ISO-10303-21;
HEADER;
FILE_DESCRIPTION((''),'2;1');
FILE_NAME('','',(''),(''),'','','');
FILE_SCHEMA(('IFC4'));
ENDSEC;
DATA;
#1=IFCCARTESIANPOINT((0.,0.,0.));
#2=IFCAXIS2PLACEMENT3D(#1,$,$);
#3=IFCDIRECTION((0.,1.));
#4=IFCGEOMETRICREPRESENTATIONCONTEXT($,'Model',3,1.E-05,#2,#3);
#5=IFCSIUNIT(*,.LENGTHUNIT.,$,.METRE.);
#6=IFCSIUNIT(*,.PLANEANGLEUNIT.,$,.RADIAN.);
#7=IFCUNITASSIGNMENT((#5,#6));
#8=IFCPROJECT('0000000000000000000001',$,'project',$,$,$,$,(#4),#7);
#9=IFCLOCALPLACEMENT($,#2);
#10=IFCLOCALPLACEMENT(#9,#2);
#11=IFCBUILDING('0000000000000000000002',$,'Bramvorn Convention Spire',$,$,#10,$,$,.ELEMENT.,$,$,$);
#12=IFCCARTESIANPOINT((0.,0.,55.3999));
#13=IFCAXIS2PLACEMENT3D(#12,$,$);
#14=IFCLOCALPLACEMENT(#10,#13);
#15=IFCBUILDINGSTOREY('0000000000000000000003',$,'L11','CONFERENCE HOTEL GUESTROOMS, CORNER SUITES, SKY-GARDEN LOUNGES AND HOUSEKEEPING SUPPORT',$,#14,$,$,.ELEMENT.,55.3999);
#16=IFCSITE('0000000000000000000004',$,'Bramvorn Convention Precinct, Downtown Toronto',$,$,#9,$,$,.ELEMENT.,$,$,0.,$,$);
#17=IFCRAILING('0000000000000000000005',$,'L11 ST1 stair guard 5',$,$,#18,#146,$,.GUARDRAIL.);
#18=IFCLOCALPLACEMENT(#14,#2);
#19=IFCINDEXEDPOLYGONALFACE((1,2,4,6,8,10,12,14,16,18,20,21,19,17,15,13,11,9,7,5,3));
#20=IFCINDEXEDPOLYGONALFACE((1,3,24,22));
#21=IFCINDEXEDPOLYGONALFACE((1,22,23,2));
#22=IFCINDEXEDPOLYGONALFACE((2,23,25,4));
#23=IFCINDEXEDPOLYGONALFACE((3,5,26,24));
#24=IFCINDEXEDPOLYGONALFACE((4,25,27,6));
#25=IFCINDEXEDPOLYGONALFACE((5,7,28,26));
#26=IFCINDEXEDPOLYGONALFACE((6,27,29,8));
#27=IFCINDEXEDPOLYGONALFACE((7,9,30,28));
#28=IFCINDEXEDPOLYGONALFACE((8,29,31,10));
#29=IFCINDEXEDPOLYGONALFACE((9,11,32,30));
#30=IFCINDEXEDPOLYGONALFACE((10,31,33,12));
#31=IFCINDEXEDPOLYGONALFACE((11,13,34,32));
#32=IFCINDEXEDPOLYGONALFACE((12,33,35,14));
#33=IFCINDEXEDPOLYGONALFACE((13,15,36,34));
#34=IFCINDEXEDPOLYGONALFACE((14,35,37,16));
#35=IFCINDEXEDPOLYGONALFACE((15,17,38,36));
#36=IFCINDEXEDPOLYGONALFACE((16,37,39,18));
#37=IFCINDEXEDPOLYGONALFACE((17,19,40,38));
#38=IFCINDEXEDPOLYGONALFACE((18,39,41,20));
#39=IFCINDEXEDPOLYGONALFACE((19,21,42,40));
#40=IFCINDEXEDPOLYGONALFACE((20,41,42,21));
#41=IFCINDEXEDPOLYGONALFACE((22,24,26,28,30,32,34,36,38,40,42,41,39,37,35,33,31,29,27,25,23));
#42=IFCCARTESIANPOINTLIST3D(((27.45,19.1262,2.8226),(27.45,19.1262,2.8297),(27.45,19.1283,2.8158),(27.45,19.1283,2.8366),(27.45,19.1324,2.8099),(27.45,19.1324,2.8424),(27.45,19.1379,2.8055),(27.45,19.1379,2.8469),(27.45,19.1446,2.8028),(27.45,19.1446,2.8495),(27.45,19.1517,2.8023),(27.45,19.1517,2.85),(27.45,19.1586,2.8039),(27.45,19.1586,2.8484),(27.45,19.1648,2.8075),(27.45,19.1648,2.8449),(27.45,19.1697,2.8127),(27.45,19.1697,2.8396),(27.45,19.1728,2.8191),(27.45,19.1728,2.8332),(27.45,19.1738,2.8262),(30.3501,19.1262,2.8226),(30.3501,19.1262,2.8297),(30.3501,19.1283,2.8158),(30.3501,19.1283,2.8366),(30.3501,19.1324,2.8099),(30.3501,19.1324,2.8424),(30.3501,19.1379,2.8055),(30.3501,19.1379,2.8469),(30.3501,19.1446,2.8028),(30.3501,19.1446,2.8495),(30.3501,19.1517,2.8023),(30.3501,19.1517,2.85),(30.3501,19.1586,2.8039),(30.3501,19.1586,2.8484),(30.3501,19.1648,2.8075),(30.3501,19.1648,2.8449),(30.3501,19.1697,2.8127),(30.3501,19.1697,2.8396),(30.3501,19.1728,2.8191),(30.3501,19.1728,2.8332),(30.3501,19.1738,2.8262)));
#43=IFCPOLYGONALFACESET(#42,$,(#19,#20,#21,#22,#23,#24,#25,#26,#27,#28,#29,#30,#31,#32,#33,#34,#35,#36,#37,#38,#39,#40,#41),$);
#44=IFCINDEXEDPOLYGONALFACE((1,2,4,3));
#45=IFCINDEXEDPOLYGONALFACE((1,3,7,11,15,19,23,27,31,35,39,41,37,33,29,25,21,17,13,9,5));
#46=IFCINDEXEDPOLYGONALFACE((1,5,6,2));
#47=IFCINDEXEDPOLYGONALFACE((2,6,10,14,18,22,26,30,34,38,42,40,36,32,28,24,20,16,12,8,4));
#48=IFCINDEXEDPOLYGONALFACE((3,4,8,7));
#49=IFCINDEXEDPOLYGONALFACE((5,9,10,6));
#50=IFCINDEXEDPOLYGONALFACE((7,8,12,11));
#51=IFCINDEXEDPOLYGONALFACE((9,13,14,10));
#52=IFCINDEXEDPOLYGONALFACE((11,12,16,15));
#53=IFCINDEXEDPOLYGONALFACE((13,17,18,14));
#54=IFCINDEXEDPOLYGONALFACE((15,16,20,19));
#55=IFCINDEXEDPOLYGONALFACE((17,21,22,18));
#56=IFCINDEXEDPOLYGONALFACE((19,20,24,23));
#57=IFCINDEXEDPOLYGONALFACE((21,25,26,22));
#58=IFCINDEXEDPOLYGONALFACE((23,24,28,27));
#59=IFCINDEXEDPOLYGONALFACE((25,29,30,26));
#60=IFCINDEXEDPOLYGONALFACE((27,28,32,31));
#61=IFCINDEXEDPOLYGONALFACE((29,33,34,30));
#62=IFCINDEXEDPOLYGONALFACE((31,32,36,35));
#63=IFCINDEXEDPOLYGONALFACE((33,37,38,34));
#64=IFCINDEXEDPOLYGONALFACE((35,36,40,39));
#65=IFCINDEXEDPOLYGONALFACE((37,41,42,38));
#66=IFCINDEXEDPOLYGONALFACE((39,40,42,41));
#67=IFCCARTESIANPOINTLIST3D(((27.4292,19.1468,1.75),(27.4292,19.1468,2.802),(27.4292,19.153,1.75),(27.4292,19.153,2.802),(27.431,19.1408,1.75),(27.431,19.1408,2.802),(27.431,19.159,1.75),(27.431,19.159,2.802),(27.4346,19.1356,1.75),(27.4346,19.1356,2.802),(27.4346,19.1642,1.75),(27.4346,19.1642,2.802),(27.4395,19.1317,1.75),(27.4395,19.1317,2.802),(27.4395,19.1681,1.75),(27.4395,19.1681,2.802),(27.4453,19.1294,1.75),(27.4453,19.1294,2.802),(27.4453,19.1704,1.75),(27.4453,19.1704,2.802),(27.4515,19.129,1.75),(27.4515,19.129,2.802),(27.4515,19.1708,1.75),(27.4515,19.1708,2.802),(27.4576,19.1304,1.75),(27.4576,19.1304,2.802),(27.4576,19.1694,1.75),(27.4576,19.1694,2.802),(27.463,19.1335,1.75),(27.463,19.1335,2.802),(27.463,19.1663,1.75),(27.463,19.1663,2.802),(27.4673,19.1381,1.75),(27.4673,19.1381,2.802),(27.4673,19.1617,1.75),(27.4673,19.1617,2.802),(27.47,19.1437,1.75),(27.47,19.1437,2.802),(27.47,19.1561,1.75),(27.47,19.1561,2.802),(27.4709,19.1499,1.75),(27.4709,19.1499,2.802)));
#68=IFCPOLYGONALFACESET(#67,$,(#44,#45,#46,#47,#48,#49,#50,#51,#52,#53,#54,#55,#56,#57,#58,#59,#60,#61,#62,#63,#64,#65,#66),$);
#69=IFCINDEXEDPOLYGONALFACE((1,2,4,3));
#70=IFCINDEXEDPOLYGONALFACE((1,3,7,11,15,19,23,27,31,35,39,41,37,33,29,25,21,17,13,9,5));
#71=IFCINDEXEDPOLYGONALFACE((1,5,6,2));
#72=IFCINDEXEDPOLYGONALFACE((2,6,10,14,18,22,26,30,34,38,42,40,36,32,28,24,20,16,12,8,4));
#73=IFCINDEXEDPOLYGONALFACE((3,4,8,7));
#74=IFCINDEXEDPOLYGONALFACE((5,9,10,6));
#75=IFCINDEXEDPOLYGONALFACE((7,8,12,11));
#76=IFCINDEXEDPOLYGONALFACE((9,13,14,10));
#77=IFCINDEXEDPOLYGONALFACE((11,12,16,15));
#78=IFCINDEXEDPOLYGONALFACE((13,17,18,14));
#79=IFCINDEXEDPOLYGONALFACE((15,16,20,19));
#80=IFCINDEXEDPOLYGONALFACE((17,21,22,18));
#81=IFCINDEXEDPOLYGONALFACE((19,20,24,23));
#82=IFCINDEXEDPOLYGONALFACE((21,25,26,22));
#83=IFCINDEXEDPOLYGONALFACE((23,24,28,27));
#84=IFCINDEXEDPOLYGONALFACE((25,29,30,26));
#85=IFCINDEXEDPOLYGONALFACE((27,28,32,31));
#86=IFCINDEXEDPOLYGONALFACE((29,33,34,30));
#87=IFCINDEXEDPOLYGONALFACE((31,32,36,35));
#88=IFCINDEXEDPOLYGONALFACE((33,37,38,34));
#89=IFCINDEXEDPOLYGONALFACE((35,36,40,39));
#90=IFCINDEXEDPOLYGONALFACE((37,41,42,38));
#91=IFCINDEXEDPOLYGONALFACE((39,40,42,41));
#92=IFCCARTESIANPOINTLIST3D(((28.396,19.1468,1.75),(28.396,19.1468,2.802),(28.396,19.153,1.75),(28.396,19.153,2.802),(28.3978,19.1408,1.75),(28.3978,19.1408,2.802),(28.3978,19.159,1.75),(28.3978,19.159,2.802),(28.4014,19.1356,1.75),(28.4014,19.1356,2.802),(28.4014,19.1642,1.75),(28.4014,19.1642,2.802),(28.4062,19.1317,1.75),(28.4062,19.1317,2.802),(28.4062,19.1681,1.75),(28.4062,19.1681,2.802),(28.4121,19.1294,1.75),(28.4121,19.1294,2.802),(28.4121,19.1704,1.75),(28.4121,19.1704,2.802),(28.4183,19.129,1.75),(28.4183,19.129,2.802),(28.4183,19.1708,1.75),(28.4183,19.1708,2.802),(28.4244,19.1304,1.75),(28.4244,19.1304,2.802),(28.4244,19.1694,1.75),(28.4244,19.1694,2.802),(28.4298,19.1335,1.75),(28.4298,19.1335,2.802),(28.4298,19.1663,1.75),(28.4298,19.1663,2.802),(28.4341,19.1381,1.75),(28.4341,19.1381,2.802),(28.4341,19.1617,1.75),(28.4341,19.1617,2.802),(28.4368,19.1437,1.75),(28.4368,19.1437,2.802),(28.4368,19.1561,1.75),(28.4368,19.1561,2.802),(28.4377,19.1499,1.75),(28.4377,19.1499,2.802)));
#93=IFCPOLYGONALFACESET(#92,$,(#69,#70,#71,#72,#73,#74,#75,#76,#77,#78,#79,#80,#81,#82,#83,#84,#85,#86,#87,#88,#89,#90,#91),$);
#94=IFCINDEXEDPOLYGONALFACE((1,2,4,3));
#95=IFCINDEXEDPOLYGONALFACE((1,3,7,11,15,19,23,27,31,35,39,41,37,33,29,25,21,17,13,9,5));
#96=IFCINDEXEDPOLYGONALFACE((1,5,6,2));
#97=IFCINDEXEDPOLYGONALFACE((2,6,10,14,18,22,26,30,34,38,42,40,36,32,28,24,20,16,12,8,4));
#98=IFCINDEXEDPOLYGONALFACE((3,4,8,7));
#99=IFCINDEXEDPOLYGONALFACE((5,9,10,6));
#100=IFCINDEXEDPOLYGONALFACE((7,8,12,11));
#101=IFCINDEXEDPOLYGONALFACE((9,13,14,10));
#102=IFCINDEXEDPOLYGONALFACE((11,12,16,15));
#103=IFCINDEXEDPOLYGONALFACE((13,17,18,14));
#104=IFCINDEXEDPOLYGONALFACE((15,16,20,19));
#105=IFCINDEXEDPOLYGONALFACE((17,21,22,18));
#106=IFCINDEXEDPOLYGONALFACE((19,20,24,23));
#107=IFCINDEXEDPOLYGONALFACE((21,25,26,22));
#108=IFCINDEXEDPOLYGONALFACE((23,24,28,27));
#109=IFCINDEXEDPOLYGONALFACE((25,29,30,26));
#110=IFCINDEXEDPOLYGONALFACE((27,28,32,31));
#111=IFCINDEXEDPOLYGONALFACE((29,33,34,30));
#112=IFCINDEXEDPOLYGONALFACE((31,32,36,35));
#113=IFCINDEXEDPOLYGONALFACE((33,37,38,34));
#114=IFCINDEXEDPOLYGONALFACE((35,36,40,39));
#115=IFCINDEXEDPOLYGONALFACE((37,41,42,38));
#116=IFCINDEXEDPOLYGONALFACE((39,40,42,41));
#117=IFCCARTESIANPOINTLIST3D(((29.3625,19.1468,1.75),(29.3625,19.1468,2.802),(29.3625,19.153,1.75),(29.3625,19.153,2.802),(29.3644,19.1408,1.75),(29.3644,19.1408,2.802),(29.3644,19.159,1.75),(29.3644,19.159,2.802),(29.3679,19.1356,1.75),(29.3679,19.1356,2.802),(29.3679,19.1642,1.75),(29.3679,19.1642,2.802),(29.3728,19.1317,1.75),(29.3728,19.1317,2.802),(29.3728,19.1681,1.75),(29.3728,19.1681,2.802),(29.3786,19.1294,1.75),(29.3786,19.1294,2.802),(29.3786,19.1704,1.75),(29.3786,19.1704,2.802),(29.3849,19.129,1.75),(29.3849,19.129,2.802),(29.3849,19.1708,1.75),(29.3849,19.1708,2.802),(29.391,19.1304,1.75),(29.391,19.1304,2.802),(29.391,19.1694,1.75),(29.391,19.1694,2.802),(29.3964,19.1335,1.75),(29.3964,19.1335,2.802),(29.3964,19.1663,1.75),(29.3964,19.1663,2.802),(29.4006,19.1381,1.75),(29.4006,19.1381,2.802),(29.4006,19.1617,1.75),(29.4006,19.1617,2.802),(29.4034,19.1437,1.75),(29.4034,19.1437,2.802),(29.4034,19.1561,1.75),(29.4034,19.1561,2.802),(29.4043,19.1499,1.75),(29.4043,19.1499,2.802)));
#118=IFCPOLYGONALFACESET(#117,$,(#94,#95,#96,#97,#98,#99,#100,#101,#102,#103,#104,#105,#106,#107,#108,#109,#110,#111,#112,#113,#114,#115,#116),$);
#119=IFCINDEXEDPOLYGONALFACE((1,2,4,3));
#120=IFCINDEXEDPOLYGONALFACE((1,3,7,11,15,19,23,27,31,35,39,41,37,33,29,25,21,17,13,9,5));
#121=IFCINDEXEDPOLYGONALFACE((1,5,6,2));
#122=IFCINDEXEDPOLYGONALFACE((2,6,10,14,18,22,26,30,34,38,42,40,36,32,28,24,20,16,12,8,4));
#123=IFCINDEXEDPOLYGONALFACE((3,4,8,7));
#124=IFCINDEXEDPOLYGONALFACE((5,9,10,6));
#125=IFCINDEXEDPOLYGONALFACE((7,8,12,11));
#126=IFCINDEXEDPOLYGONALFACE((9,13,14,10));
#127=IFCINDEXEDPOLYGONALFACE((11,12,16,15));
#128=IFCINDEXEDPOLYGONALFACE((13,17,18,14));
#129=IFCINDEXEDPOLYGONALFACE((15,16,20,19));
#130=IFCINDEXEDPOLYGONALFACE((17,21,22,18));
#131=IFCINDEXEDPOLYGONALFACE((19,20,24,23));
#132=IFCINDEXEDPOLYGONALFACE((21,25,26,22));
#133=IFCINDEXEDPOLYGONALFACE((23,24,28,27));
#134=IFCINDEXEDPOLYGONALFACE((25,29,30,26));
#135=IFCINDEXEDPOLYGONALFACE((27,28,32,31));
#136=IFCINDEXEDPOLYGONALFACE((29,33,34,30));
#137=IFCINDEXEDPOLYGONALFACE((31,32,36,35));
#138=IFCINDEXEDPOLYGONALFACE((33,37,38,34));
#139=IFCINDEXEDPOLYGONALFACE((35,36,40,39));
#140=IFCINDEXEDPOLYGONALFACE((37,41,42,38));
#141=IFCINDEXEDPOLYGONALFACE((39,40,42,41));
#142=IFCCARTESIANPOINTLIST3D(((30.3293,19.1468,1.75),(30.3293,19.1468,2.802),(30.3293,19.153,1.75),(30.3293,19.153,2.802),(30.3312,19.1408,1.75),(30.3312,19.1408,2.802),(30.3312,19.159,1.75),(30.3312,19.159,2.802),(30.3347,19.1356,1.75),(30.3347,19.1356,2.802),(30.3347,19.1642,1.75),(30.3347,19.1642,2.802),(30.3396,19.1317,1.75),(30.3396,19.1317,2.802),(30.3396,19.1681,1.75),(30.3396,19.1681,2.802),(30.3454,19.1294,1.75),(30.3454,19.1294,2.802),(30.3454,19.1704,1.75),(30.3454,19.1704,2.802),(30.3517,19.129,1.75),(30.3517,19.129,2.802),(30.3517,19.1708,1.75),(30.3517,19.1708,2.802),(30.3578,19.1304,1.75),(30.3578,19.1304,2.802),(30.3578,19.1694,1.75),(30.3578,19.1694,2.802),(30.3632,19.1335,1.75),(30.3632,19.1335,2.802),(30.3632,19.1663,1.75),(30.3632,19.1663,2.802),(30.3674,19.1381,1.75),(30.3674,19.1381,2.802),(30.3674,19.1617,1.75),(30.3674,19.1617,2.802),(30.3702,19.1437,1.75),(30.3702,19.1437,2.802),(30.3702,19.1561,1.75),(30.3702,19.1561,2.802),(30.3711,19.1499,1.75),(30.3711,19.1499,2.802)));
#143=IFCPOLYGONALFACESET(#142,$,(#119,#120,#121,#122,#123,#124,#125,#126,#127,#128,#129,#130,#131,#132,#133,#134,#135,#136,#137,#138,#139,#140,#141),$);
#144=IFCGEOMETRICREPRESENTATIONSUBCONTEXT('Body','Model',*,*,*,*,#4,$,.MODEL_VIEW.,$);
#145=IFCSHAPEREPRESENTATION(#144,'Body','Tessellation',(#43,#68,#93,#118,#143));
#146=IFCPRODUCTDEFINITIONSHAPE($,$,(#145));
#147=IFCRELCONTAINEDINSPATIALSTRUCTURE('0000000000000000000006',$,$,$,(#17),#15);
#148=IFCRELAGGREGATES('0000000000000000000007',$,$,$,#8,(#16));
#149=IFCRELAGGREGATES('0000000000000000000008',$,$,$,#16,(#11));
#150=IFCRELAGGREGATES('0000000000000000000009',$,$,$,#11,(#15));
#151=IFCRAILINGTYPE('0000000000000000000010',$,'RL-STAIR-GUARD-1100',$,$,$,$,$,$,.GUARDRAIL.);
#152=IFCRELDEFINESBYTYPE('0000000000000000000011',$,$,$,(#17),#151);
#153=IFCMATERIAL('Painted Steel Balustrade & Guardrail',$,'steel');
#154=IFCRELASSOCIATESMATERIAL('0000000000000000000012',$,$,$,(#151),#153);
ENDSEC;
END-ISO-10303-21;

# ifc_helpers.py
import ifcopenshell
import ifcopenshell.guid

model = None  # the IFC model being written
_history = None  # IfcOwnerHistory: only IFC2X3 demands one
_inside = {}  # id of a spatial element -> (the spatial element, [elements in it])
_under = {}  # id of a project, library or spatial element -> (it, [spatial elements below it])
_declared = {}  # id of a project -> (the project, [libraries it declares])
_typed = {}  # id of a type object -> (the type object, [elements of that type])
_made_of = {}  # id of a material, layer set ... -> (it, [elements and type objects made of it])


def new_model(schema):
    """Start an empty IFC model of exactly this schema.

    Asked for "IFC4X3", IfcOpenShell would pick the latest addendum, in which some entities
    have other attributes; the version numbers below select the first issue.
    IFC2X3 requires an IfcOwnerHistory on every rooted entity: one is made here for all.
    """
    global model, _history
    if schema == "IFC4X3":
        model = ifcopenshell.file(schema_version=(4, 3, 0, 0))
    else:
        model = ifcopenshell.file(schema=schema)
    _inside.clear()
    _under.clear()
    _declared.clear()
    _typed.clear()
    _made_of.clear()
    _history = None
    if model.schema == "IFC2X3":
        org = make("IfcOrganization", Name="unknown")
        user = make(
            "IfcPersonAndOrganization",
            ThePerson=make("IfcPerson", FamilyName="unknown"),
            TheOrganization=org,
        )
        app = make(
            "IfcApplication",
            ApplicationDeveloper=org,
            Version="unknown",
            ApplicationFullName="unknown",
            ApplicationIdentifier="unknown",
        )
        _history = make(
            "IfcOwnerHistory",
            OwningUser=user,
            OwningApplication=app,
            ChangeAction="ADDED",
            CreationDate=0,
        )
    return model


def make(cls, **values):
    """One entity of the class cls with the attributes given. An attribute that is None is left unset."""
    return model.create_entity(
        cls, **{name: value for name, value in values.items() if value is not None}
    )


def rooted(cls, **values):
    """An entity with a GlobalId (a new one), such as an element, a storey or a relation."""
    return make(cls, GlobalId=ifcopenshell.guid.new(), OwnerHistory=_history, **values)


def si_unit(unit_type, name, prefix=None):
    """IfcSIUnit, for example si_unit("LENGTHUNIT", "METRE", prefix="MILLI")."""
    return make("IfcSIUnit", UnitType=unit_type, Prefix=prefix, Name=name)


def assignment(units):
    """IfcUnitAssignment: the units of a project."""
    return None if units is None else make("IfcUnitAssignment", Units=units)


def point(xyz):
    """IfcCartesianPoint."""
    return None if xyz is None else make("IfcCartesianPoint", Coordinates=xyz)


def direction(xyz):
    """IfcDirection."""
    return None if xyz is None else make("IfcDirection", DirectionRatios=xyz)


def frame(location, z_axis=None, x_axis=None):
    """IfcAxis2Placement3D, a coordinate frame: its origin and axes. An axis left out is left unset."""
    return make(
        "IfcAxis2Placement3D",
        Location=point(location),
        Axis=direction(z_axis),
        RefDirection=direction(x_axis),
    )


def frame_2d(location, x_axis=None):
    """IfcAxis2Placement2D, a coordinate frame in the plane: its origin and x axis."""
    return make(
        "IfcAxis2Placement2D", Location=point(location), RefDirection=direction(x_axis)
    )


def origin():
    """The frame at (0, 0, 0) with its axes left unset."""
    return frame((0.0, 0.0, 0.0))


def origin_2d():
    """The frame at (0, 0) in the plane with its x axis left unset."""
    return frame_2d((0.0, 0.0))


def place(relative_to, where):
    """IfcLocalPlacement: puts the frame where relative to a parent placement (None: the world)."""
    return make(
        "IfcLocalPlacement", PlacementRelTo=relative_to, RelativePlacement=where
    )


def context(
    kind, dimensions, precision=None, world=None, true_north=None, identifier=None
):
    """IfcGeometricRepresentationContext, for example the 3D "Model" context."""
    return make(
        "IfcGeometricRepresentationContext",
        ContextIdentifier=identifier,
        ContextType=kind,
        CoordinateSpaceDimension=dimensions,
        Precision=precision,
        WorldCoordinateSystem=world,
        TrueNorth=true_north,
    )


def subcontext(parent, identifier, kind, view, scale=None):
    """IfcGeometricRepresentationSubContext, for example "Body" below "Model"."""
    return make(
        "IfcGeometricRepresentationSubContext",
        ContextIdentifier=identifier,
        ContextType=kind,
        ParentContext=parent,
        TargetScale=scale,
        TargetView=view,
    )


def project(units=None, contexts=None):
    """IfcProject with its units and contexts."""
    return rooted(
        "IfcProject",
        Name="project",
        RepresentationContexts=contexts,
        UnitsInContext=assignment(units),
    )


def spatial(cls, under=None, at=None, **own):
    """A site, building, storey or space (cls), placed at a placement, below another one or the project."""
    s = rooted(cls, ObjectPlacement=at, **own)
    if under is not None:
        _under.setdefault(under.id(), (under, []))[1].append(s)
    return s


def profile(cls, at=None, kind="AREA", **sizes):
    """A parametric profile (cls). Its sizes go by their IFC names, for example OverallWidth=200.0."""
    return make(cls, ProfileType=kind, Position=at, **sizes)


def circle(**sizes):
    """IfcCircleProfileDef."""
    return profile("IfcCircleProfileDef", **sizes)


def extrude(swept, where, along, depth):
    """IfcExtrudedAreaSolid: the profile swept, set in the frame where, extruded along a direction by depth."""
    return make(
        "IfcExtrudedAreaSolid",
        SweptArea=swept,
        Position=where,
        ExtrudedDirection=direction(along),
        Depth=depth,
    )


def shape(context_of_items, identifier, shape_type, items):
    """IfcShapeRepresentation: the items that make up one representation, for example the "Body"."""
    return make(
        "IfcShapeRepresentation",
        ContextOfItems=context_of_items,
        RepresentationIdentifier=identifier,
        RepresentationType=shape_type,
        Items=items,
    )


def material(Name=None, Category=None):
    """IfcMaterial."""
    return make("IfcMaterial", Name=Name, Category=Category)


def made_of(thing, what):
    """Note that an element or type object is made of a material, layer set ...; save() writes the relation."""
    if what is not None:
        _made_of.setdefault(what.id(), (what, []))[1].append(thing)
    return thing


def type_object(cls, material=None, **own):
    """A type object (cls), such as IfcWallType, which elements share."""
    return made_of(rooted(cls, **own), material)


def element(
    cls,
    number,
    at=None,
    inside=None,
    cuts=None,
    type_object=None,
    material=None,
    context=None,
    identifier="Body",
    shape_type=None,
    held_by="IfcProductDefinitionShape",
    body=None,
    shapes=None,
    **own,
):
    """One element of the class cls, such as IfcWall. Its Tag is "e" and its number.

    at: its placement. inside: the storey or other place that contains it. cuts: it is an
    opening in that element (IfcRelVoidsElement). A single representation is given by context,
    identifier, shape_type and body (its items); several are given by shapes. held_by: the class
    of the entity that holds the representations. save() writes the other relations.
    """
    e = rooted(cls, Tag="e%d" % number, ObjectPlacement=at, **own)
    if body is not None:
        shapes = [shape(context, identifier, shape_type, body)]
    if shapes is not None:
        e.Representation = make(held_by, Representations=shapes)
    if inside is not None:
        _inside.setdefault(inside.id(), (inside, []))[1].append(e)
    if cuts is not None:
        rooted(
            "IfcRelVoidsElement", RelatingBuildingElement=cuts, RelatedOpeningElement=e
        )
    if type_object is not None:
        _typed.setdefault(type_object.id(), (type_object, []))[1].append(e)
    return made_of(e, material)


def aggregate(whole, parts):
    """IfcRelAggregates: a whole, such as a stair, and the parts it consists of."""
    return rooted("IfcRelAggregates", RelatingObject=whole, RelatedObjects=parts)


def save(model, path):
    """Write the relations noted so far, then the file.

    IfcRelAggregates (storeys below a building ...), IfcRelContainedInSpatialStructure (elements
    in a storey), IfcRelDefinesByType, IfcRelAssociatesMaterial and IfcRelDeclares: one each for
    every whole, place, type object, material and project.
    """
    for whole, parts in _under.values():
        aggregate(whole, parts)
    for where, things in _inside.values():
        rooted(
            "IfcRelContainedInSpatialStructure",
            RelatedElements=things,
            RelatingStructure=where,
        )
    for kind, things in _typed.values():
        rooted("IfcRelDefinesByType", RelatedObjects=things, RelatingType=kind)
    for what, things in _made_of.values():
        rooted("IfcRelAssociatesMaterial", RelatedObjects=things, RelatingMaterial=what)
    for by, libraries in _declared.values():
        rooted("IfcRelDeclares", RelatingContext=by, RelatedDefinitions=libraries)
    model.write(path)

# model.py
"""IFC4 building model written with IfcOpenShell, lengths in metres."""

from ifc_helpers import new_model, si_unit, direction, frame, origin, origin_2d, place, context, subcontext, project, spatial, circle, extrude, material, type_object, element, save


model = new_model("IFC4")

# Units and contexts
model_context = context("Model", 3, precision=1e-05, world=origin(), true_north=direction((0.0, 1.0)))
body_context = subcontext(model_context, "Body", "Model", "MODEL_VIEW")
ifc_project = project(units=[si_unit("LENGTHUNIT", "METRE"), si_unit("PLANEANGLEUNIT", "RADIAN")], contexts=[model_context])

# Site, building, storey
site_placement = place(None, origin())
site = spatial("IfcSite", under=ifc_project, at=site_placement, Name="Bramvorn Convention Precinct, Downtown Toronto", CompositionType="ELEMENT", RefElevation=0.0)
building_placement = place(site_placement, origin())
building = spatial("IfcBuilding", under=site, at=building_placement, Name="Bramvorn Convention Spire", CompositionType="ELEMENT")
storey_placement = place(building_placement, frame((0.0, 0.0, 55.3999)))
storey = spatial("IfcBuildingStorey", under=building, at=storey_placement, Name="L11", Description="CONFERENCE HOTEL GUESTROOMS, CORNER SUITES, SKY-GARDEN LOUNGES AND HOUSEKEEPING SUPPORT", CompositionType="ELEMENT", Elevation=55.3999)

# Railing
ifc_material_1 = material(Name="Painted Steel Balustrade & Guardrail", Category="steel")
railing_type = type_object("IfcRailingType", Name="RL-STAIR-GUARD-1100", PredefinedType="GUARDRAIL", material=ifc_material_1)
railing_1_placement = place(storey_placement, frame((27.45, 19.1499, 1.75)))
element("IfcRailing", 1, at=railing_1_placement, inside=storey, type_object=railing_type, Name="L11 ST1 stair guard 5", PredefinedType="GUARDRAIL", context=body_context, shape_type="SweptSolid", body=[
    extrude(circle(Radius=0.0239, at=origin_2d()), frame((0.0, 0.0, 1.0762), z_axis=(1.0, 0.0, 0.0), x_axis=(0.0, 1.0, 0.0)), (0.0, 0.0, 1.0), 2.9001),
    extrude(circle(Radius=0.021, at=origin_2d()), origin(), (0.0, 0.0, 1.0), 1.052),
    extrude(circle(Radius=0.021, at=origin_2d()), frame((0.9668, 0.0, 0.0)), (0.0, 0.0, 1.0), 1.052),
    extrude(circle(Radius=0.021, at=origin_2d()), frame((1.9333, 0.0, 0.0)), (0.0, 0.0, 1.0), 1.052),
    extrude(circle(Radius=0.021, at=origin_2d()), frame((2.9001, 0.0, 0.0)), (0.0, 0.0, 1.0), 1.052),
])

save(model, "model.ifc")
